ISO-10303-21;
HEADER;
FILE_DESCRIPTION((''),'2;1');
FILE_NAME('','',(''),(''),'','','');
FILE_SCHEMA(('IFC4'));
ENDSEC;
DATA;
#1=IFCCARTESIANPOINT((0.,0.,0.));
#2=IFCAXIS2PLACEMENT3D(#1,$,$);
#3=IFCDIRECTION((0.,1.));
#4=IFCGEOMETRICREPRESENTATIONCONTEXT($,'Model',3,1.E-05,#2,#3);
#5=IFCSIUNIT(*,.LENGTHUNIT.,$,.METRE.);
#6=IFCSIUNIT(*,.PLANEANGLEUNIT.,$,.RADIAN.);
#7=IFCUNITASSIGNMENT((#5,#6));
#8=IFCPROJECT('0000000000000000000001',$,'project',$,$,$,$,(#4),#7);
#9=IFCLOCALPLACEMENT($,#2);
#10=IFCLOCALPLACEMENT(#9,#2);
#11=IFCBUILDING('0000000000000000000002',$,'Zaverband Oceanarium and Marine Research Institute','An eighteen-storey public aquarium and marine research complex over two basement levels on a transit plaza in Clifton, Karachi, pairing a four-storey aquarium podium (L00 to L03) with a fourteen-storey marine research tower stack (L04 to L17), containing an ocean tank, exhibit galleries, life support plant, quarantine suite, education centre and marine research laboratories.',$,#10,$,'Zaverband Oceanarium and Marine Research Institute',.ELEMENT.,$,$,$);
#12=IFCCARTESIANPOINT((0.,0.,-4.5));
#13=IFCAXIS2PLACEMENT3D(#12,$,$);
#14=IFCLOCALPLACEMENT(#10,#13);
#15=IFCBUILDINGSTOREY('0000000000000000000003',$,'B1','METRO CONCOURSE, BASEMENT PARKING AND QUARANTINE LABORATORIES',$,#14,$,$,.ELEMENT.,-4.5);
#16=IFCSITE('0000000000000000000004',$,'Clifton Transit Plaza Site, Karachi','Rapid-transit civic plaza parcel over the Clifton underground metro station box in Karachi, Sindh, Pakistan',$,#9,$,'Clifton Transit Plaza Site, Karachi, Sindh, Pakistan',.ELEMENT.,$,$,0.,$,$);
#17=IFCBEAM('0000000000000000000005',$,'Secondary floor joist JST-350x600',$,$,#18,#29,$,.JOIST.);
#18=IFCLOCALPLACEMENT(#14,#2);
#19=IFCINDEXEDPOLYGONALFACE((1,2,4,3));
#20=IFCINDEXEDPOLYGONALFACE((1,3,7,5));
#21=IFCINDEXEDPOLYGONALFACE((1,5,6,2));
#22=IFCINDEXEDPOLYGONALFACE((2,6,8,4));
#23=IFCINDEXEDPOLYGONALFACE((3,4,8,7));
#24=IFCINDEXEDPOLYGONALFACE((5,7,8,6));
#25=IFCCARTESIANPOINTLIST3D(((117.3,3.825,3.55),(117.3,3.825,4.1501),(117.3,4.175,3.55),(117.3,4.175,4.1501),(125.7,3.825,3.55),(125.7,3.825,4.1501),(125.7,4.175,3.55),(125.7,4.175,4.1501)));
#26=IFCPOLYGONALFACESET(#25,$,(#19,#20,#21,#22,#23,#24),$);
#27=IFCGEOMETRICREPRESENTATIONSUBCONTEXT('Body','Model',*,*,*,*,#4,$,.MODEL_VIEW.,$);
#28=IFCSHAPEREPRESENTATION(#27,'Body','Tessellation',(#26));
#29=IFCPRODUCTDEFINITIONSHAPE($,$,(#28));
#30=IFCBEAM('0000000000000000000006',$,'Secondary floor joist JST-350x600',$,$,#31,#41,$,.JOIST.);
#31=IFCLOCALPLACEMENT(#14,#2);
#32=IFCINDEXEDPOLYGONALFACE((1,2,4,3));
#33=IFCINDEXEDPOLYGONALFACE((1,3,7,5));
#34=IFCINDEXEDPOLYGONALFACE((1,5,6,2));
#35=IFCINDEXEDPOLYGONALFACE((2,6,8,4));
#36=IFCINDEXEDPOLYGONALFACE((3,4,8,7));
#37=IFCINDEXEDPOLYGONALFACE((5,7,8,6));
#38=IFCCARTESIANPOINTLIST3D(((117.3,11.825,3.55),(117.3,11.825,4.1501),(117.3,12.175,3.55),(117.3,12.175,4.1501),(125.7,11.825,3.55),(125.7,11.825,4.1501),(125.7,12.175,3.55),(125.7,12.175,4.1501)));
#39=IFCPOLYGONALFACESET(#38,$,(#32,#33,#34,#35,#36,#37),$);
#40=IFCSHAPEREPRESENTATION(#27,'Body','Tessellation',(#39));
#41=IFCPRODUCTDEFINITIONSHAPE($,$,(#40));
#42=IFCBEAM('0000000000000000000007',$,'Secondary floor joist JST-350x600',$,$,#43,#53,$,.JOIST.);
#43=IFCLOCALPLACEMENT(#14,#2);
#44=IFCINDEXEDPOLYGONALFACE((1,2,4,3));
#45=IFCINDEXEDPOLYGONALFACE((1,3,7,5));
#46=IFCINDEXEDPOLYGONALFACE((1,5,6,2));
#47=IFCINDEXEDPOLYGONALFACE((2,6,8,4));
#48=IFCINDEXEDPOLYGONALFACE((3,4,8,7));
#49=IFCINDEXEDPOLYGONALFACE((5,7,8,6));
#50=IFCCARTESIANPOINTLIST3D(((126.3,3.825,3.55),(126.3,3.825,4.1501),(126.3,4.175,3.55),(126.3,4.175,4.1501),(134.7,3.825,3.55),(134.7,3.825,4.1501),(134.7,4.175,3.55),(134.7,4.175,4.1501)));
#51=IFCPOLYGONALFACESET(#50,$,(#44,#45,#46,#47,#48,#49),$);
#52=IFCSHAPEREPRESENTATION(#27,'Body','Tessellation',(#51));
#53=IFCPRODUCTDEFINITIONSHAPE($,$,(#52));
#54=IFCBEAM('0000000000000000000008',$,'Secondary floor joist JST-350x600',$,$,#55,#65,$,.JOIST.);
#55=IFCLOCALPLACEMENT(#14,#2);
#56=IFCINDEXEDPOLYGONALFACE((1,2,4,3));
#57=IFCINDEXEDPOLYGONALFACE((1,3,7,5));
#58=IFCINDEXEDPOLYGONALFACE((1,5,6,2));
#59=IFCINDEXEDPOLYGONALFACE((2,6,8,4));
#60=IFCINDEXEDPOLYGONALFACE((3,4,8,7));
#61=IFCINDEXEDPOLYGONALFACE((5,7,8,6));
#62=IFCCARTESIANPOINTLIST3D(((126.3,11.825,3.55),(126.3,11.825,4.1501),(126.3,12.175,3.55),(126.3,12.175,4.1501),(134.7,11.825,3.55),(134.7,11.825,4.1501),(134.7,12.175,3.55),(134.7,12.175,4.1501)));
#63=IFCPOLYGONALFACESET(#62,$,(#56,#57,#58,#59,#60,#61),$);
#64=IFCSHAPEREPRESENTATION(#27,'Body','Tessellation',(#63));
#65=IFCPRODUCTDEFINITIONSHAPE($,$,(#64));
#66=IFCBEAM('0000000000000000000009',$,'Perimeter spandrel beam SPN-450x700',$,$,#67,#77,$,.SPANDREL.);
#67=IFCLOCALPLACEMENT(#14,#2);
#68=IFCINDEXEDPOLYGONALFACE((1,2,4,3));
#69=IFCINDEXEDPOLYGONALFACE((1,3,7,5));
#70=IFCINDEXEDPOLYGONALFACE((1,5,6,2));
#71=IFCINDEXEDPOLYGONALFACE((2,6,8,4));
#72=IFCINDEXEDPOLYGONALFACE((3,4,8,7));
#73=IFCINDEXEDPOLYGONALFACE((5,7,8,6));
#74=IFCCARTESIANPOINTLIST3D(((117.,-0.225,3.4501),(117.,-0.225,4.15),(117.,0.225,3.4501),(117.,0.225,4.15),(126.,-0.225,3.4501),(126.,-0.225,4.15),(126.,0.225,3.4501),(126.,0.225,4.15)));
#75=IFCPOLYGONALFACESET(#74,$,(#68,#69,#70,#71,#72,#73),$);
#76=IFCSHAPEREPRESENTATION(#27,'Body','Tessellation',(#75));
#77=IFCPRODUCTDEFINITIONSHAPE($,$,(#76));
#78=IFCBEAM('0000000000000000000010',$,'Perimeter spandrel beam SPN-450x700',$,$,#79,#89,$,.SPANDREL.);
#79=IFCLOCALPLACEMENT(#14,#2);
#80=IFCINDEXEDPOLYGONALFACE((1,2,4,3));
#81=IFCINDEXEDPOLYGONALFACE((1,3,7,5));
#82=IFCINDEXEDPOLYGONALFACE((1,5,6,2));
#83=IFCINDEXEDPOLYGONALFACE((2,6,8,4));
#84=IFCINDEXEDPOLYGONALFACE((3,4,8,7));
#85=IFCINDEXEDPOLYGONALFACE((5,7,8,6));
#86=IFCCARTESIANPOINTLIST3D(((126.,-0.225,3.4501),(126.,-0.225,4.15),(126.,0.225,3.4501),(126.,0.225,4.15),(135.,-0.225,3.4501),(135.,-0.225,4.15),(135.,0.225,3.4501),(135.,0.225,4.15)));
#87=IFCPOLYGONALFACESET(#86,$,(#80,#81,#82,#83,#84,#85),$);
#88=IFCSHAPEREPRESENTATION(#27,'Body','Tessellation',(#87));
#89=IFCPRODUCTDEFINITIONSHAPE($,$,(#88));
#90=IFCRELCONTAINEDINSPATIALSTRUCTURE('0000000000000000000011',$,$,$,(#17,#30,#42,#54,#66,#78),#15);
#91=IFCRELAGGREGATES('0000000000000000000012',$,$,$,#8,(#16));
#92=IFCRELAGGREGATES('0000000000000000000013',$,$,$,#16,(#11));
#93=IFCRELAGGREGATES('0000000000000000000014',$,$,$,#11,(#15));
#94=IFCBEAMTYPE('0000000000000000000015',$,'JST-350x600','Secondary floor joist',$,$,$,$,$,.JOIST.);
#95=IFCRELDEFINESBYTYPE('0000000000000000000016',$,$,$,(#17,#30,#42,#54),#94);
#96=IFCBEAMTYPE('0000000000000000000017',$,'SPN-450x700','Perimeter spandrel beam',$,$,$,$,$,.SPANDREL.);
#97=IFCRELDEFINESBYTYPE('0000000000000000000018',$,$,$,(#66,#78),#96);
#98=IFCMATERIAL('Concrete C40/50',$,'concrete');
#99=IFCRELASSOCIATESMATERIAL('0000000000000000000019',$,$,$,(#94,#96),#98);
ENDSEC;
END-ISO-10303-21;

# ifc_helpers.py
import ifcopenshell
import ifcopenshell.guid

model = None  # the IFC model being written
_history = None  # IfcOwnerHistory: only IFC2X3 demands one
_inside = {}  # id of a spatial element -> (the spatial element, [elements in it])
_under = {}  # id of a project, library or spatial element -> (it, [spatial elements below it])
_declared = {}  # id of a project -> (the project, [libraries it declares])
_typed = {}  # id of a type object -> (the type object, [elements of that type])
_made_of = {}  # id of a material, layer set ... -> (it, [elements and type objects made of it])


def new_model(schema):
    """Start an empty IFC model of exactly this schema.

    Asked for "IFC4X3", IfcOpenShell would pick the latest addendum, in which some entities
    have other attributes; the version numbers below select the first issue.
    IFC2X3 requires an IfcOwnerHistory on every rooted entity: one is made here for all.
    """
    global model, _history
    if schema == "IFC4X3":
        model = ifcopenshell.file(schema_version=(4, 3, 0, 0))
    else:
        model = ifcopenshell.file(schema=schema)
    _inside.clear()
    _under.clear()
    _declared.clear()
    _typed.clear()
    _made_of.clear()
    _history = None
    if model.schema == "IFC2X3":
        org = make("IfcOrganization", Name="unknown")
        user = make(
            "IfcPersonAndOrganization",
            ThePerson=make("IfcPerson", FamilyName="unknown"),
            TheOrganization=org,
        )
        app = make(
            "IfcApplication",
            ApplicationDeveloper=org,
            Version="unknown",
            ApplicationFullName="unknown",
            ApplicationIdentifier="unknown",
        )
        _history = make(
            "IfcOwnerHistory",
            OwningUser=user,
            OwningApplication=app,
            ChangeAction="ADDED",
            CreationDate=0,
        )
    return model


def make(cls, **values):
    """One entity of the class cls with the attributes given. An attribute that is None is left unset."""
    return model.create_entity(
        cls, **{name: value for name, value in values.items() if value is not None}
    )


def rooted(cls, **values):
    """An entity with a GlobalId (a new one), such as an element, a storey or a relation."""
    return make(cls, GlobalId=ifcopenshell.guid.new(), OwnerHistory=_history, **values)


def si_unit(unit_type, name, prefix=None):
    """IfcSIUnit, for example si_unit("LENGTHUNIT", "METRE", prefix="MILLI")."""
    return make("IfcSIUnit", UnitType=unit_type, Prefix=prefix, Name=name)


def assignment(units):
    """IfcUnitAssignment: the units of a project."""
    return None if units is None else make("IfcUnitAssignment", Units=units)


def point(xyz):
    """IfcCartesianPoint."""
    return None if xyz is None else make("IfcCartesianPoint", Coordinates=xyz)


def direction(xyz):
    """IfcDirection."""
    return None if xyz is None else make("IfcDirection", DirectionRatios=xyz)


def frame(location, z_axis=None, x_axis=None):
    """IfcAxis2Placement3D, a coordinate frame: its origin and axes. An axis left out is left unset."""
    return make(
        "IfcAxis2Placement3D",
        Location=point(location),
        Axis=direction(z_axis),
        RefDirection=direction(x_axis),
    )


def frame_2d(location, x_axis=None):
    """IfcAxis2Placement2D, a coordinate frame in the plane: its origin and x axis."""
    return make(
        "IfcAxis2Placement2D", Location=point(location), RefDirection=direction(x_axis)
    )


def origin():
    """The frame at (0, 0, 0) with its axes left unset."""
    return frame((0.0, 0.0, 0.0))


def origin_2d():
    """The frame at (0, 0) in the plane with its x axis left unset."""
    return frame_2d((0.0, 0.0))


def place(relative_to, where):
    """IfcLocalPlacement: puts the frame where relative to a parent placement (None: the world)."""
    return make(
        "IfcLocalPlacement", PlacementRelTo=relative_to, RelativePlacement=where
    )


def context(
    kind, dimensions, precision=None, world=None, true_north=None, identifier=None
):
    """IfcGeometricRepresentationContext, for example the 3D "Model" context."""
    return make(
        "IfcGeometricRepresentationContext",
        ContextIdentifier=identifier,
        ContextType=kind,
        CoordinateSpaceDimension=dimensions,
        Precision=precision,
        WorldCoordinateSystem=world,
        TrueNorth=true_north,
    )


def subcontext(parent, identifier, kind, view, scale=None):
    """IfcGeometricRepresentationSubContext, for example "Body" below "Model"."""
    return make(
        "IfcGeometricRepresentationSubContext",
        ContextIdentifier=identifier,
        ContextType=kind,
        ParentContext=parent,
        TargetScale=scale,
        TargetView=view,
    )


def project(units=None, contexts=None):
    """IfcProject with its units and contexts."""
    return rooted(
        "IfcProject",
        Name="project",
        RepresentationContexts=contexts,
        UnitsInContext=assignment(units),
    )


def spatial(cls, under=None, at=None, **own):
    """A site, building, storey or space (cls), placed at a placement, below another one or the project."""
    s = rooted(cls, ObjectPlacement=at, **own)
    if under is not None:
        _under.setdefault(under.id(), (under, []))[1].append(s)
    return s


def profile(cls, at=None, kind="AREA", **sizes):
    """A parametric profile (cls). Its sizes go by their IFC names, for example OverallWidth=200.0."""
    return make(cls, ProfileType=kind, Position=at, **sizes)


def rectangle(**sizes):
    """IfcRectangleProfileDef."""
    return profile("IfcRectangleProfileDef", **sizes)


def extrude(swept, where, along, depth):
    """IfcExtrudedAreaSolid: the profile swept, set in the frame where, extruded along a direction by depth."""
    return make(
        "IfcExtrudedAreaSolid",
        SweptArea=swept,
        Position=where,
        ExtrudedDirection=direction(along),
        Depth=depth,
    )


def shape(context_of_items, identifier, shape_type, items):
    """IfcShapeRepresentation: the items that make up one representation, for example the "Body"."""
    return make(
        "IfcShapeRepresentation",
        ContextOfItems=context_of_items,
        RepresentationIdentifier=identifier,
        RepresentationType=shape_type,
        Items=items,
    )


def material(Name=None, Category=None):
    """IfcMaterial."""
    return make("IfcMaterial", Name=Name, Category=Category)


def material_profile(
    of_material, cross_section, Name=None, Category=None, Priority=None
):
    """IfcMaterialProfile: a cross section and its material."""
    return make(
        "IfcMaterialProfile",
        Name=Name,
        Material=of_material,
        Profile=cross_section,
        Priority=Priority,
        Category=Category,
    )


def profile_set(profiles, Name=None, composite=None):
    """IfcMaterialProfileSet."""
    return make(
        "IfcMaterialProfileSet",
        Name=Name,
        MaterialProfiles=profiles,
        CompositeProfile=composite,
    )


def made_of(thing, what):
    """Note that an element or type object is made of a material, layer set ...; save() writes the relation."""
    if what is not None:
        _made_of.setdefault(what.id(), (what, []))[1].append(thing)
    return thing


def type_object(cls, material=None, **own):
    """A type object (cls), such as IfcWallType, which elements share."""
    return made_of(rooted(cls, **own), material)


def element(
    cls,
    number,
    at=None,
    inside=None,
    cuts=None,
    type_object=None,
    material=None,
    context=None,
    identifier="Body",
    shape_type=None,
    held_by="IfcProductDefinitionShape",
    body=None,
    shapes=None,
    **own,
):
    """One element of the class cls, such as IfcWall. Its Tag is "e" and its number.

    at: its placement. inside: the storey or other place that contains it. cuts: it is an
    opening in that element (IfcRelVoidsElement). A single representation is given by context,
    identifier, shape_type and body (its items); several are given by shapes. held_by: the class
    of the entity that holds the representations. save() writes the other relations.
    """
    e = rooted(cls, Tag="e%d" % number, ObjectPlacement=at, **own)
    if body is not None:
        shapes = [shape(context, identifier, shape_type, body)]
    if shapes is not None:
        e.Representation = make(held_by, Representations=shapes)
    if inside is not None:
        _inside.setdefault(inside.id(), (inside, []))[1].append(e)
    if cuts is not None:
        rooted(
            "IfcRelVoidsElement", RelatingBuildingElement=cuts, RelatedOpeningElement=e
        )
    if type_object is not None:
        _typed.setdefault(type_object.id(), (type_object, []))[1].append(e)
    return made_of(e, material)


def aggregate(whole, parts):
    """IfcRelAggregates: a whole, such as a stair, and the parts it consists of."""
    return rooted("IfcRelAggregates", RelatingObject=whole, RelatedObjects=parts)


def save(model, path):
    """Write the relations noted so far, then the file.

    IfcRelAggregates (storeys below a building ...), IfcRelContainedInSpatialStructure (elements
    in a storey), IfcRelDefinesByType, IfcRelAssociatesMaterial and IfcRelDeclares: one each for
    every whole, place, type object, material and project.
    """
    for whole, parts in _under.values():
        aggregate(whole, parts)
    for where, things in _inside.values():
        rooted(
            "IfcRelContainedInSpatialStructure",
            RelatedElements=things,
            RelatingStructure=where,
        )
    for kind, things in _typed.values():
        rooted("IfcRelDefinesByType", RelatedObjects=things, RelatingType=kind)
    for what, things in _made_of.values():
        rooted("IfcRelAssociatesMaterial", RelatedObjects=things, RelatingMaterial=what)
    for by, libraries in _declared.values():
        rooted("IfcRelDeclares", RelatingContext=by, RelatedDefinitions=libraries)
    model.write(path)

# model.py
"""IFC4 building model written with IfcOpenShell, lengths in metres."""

from ifc_helpers import new_model, si_unit, direction, frame, origin, origin_2d, place, context, subcontext, project, spatial, rectangle, extrude, material, material_profile, profile_set, type_object, element, save


model = new_model("IFC4")

# Units and contexts
model_context = context("Model", 3, precision=1e-05, world=origin(), true_north=direction((0.0, 1.0)))
body_context = subcontext(model_context, "Body", "Model", "MODEL_VIEW")
ifc_project = project(units=[si_unit("LENGTHUNIT", "METRE"), si_unit("PLANEANGLEUNIT", "RADIAN")], contexts=[model_context])

# Site, building, storey
site_placement = place(None, origin())
site = spatial("IfcSite", under=ifc_project, at=site_placement, Name="Clifton Transit Plaza Site, Karachi", Description="Rapid-transit civic plaza parcel over the Clifton underground metro station box in Karachi, Sindh, Pakistan", LongName="Clifton Transit Plaza Site, Karachi, Sindh, Pakistan", CompositionType="ELEMENT", RefElevation=0.0)
building_placement = place(site_placement, origin())
building = spatial("IfcBuilding", under=site, at=building_placement, Name="Zaverband Oceanarium and Marine Research Institute", Description="An eighteen-storey public aquarium and marine research complex over two basement levels on a transit plaza in Clifton, Karachi, pairing a four-storey aquarium podium (L00 to L03) with a fourteen-storey marine research tower stack (L04 to L17), containing an ocean tank, exhibit galleries, life support plant, quarantine suite, education centre and marine research laboratories.", LongName="Zaverband Oceanarium and Marine Research Institute", CompositionType="ELEMENT")
storey_placement = place(building_placement, frame((0.0, 0.0, -4.5)))
storey = spatial("IfcBuildingStorey", under=building, at=storey_placement, Name="B1", Description="METRO CONCOURSE, BASEMENT PARKING AND QUARANTINE LABORATORIES", CompositionType="ELEMENT", Elevation=-4.5)

# Shared definitions
ifc_material_1 = material(Name="Concrete C40/50", Category="concrete")

# Beams
ifc_material_profile_1 = material_profile(ifc_material_1, rectangle(XDim=0.3501, YDim=0.6001, at=origin_2d()), Name="RC350x600")
ifc_profile_set_1 = profile_set([ifc_material_profile_1], Name="Concrete C40/50")
beam_type_1 = type_object("IfcBeamType", Name="JST-350x600", Description="Secondary floor joist", PredefinedType="JOIST", material=ifc_profile_set_1)
for number, where, z_axis, x_axis, name in (
    (1, (117.3, 4.0, 3.8501), (1.0, 0.0, 0.0), (0.0, 1.0, 0.0), "Secondary floor joist JST-350x600"),
    (2, (117.3, 12.0, 3.8501), (1.0, 0.0, 0.0), (0.0, 1.0, 0.0), "Secondary floor joist JST-350x600"),
    (3, (126.3, 4.0, 3.8501), (1.0, 0.0, 0.0), (0.0, 1.0, 0.0), "Secondary floor joist JST-350x600"),
    (4, (126.3, 12.0, 3.8501), (1.0, 0.0, 0.0), (0.0, 1.0, 0.0), "Secondary floor joist JST-350x600"),
):
    element("IfcBeam", number, at=place(storey_placement, frame(where, z_axis=z_axis, x_axis=x_axis)), inside=storey, type_object=beam_type_1, Name=name, PredefinedType="JOIST", context=body_context, shape_type="SweptSolid", body=[
        extrude(rectangle(XDim=0.3501, YDim=0.6001, at=origin_2d()), origin(), (0.0, 0.0, 1.0), 8.3999),
    ])
ifc_material_profile_2 = material_profile(ifc_material_1, rectangle(XDim=0.45, YDim=0.7, at=origin_2d()), Name="RC450x700")
ifc_profile_set_2 = profile_set([ifc_material_profile_2], Name="Concrete C40/50")
beam_type_2 = type_object("IfcBeamType", Name="SPN-450x700", Description="Perimeter spandrel beam", PredefinedType="SPANDREL", material=ifc_profile_set_2)
for number, where, z_axis, x_axis, name in (
    (5, (117.0, 0.0, 3.8), (1.0, 0.0, 0.0), (0.0, 1.0, 0.0), "Perimeter spandrel beam SPN-450x700"),
    (6, (126.0, 0.0, 3.8), (1.0, 0.0, 0.0), (0.0, 1.0, 0.0), "Perimeter spandrel beam SPN-450x700"),
):
    element("IfcBeam", number, at=place(storey_placement, frame(where, z_axis=z_axis, x_axis=x_axis)), inside=storey, type_object=beam_type_2, Name=name, PredefinedType="SPANDREL", context=body_context, shape_type="SweptSolid", body=[
        extrude(rectangle(XDim=0.45, YDim=0.7, at=origin_2d()), origin(), (0.0, 0.0, 1.0), 9.0),
    ])

save(model, "model.ifc")
